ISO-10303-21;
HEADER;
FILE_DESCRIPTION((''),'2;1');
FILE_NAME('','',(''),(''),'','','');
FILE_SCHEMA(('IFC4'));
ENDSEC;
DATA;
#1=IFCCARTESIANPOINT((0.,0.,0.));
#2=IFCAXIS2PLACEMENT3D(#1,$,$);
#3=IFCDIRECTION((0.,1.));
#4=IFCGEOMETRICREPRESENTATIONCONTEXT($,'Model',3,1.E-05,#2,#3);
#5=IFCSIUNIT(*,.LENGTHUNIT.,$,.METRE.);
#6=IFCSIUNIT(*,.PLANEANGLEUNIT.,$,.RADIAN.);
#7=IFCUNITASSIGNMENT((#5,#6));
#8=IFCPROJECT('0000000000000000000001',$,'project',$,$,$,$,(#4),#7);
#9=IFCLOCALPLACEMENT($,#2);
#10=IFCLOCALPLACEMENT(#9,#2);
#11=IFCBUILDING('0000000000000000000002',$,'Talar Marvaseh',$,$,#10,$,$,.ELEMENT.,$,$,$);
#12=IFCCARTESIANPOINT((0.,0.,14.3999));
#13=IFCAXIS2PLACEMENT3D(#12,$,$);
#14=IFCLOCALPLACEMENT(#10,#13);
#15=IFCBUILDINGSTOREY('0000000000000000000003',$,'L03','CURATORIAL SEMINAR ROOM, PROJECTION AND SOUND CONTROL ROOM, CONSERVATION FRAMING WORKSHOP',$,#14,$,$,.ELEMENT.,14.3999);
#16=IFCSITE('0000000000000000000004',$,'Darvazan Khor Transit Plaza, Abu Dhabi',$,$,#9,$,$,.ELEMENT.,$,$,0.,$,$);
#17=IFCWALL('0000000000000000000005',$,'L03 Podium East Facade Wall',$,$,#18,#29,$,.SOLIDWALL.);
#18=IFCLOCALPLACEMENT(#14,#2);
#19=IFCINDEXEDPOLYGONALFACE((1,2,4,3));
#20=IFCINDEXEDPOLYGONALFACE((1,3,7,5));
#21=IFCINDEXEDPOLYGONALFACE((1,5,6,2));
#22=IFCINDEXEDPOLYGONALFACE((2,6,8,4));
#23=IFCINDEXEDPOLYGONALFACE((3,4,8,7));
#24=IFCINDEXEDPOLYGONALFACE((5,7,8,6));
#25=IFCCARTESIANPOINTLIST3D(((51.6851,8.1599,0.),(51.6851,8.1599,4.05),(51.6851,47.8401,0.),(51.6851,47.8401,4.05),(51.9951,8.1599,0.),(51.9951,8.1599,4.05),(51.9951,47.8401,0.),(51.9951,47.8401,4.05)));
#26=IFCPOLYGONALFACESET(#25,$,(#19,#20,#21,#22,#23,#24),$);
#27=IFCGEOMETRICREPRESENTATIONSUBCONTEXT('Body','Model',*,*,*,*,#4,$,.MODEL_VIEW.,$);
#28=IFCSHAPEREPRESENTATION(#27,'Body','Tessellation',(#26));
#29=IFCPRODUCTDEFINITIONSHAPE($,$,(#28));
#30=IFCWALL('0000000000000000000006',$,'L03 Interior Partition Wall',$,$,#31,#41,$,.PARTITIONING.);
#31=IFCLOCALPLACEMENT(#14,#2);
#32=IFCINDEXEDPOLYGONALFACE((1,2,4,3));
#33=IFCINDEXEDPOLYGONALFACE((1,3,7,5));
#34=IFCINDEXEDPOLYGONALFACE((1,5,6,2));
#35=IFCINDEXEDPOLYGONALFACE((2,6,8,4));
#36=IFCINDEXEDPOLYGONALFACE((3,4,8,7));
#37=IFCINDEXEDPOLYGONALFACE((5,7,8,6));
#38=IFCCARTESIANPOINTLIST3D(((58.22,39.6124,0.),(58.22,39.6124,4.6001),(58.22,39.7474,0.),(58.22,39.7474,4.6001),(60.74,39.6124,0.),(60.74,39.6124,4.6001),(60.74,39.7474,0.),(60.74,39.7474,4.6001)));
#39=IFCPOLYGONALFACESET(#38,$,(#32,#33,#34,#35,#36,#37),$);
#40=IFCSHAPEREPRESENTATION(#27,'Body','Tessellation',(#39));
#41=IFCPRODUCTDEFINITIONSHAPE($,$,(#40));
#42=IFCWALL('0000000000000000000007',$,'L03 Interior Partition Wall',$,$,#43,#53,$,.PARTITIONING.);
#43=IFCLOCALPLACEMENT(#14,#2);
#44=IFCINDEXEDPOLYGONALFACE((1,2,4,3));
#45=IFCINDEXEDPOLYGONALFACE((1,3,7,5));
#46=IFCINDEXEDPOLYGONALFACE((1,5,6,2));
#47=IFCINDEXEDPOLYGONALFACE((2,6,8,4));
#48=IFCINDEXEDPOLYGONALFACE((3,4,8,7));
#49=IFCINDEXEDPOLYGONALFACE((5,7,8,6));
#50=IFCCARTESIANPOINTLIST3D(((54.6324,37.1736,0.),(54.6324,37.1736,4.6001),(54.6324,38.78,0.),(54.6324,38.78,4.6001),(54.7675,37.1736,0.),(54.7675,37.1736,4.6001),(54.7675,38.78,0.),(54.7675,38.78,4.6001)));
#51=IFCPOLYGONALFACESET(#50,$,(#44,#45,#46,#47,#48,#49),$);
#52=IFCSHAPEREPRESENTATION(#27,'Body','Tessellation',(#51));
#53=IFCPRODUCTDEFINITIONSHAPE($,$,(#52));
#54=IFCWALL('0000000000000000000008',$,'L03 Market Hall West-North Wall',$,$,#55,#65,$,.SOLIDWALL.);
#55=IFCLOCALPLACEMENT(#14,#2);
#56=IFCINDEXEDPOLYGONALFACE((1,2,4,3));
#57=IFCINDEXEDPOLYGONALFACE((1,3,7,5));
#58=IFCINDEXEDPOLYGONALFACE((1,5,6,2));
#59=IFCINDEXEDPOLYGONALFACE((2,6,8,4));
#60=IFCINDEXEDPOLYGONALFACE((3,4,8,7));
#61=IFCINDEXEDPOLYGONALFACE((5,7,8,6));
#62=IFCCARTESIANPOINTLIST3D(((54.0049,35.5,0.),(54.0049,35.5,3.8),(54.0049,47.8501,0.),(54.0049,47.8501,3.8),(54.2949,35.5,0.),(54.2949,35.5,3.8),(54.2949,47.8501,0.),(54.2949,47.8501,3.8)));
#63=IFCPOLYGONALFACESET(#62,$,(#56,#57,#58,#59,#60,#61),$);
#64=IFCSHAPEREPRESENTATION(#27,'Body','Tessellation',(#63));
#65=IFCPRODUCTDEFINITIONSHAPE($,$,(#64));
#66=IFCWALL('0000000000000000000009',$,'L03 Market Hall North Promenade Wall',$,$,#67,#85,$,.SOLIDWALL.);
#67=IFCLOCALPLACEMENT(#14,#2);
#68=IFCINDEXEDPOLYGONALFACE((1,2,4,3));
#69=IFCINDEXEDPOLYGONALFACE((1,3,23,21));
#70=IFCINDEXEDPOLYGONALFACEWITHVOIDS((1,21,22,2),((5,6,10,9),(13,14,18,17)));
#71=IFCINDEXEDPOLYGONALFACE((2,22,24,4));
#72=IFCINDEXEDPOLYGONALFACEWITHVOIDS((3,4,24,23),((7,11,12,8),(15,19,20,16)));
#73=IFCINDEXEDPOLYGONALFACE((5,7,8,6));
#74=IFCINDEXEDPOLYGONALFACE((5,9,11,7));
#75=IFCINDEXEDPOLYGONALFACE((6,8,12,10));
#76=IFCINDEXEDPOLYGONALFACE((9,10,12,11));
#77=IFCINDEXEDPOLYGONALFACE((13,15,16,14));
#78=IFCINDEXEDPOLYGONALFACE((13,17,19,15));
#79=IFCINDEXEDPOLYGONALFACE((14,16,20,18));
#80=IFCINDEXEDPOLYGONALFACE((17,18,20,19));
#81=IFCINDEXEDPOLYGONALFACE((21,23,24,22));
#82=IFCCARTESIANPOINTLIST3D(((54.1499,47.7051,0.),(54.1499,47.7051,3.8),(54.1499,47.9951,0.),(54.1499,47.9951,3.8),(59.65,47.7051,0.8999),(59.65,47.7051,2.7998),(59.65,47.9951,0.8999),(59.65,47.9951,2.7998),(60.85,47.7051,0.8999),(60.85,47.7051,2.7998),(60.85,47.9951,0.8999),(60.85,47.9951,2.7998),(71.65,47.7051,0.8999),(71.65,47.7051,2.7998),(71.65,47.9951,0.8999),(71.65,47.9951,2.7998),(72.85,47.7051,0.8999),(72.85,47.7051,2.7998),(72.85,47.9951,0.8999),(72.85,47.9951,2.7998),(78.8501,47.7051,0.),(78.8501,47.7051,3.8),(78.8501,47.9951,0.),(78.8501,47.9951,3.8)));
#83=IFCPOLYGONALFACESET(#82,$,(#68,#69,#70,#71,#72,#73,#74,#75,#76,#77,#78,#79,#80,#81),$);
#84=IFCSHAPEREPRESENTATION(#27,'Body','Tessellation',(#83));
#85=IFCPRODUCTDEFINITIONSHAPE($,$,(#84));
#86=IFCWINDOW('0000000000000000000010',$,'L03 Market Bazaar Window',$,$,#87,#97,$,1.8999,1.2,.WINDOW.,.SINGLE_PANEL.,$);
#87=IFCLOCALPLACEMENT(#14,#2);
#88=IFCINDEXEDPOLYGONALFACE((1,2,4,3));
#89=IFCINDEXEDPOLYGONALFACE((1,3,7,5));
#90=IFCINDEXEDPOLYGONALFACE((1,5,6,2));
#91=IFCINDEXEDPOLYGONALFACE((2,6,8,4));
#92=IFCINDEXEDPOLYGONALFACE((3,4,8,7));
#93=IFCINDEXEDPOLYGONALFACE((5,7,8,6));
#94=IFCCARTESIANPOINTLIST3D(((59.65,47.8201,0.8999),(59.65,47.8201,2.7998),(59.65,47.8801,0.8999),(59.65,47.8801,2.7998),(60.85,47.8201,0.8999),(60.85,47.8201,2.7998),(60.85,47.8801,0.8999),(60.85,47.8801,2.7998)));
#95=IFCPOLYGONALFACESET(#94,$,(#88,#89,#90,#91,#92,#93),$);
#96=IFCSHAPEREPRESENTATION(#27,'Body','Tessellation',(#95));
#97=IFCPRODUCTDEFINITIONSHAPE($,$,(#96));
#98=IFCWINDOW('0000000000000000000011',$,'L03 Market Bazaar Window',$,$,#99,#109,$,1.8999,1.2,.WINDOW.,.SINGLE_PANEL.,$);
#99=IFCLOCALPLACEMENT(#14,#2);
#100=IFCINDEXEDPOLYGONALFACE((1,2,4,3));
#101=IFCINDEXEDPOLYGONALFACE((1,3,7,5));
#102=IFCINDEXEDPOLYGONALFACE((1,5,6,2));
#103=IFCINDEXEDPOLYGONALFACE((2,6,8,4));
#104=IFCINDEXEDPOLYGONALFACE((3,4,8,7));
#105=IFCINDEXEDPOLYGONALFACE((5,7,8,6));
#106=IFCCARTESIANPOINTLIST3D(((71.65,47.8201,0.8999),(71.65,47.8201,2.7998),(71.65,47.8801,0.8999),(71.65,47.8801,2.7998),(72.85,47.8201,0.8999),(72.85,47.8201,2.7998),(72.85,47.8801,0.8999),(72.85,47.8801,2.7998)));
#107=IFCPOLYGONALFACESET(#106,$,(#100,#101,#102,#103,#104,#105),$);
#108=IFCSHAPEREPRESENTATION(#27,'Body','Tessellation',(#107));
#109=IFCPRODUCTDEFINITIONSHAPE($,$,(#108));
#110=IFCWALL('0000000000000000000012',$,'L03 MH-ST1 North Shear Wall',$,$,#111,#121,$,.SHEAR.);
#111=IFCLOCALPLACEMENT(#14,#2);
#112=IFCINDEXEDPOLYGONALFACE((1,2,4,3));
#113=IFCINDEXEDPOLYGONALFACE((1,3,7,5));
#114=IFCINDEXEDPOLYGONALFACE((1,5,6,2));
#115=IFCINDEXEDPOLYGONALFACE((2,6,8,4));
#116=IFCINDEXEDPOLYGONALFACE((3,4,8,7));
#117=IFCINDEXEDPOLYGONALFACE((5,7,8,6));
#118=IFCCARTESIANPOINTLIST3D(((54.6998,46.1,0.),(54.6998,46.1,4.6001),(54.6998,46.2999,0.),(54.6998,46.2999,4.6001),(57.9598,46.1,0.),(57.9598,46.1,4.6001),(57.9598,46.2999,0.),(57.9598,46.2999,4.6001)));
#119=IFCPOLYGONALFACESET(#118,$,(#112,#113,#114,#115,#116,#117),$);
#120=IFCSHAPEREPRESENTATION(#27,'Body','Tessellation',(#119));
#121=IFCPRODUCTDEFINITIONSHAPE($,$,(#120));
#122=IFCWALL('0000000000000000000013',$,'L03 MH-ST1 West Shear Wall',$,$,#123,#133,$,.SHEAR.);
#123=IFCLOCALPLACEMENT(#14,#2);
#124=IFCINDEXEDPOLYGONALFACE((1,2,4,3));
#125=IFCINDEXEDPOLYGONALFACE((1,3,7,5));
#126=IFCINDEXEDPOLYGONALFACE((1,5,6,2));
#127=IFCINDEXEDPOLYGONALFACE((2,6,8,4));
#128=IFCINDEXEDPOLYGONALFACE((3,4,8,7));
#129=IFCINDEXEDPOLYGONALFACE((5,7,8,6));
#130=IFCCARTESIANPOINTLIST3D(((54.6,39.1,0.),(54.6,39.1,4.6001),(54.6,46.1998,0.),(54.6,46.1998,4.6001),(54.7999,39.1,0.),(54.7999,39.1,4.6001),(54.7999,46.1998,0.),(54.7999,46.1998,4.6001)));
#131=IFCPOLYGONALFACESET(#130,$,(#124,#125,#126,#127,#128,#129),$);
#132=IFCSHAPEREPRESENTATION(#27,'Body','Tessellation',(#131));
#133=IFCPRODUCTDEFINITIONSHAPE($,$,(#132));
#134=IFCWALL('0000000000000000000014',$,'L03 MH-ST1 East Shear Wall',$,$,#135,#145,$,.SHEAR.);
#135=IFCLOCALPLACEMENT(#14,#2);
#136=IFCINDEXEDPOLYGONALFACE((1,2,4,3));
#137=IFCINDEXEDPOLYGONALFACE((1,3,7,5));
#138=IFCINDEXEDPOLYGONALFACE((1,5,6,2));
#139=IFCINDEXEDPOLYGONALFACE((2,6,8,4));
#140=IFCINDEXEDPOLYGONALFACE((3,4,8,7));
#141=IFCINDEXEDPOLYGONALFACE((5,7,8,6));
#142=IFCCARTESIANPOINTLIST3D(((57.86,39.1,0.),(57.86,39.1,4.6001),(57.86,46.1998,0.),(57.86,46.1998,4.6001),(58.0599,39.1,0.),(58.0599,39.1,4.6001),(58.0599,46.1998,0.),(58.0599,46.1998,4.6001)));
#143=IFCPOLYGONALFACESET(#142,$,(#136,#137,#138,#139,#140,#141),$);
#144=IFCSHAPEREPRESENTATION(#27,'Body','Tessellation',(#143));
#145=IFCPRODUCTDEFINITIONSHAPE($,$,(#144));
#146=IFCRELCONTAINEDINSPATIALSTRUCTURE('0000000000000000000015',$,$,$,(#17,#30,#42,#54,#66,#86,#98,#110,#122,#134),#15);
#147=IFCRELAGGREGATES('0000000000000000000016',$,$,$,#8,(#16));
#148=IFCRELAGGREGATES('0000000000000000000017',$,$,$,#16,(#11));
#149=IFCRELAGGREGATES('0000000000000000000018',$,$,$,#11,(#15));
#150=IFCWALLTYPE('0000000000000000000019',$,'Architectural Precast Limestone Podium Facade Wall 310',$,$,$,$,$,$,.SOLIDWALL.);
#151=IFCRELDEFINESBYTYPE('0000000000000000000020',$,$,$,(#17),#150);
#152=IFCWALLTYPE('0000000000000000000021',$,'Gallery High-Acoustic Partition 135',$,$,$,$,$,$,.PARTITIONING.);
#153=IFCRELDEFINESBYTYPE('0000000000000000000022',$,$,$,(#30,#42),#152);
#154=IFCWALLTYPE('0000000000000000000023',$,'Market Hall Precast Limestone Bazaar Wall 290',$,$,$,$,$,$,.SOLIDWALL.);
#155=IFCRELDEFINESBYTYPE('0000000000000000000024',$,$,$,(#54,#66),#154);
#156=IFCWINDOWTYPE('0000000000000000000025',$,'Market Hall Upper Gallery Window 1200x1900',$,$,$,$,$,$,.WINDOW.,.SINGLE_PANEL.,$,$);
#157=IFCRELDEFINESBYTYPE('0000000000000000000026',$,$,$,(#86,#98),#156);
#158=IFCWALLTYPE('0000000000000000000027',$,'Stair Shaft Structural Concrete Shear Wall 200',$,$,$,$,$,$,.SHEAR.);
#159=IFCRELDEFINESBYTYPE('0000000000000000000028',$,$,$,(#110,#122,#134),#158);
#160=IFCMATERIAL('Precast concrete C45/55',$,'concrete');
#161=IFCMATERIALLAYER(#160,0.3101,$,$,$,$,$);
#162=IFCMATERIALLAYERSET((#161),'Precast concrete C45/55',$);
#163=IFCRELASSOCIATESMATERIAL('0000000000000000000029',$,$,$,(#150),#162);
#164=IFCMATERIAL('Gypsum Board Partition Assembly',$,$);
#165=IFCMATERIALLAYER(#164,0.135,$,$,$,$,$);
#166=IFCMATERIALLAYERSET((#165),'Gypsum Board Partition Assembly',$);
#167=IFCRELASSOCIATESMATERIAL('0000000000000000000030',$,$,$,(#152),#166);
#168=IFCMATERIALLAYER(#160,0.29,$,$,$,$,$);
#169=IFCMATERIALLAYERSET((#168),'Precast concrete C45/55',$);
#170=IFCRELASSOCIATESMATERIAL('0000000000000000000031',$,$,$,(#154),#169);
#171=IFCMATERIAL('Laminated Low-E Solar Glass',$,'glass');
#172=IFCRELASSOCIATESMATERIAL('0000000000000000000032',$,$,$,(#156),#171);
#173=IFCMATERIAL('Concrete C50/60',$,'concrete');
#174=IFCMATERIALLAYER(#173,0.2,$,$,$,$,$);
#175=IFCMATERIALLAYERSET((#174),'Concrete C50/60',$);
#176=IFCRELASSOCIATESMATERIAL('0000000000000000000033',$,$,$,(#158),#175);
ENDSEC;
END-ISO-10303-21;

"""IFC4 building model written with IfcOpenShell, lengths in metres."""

from ifc_helpers import new_model, si_unit, direction, frame, frame_2d, origin, place, context, subcontext, project, spatial, rectangle, extrude, source, transform, mapped, material, layer, layer_set, type_object, type_shapes, element, fill, save


model = new_model("IFC4")

# Units and contexts
model_context = context("Model", 3, precision=1e-05, world=origin(), true_north=direction((0.0, 1.0)))
body_context = subcontext(model_context, "Body", "Model", "MODEL_VIEW")
ifc_project = project(units=[si_unit("LENGTHUNIT", "METRE"), si_unit("PLANEANGLEUNIT", "RADIAN")], contexts=[model_context])

# Site, building, storey
site_placement = place(None, origin())
site = spatial("IfcSite", under=ifc_project, at=site_placement, Name="Darvazan Khor Transit Plaza, Abu Dhabi", CompositionType="ELEMENT", RefElevation=0.0)
building_placement = place(site_placement, origin())
building = spatial("IfcBuilding", under=site, at=building_placement, Name="Talar Marvaseh", CompositionType="ELEMENT")
storey_placement = place(building_placement, frame((0.0, 0.0, 14.3999)))
storey = spatial("IfcBuildingStorey", under=building, at=storey_placement, Name="L03", Description="CURATORIAL SEMINAR ROOM, PROJECTION AND SOUND CONTROL ROOM, CONSERVATION FRAMING WORKSHOP", CompositionType="ELEMENT", Elevation=14.3999)

# Shared definitions
ifc_material_1 = material(Name="Laminated Low-E Solar Glass", Category="glass")

# Walls
ifc_material_2 = material(Name="Precast concrete C45/55", Category="concrete")
ifc_layer_1 = layer(ifc_material_2, 0.3101)
ifc_layer_set_1 = layer_set([ifc_layer_1], Name="Precast concrete C45/55")
wall_type_1 = type_object("IfcWallType", Name="Architectural Precast Limestone Podium Facade Wall 310", PredefinedType="SOLIDWALL", material=ifc_layer_set_1)
wall_1_placement = place(storey_placement, frame((51.8401, 47.8401, 0.0), z_axis=(0.0, 0.0, 1.0), x_axis=(0.0, -1.0, 0.0)))
element("IfcWall", 1, at=wall_1_placement, inside=storey, type_object=wall_type_1, Name="L03 Podium East Facade Wall", PredefinedType="SOLIDWALL", context=body_context, shape_type="SweptSolid", body=[
    extrude(rectangle(XDim=39.6802, YDim=0.3101, at=frame_2d((19.8401, 0.0))), origin(), (0.0, 0.0, 1.0), 4.05),
])
ifc_material_3 = material(Name="Gypsum Board Partition Assembly")
ifc_layer_2 = layer(ifc_material_3, 0.135)
ifc_layer_set_2 = layer_set([ifc_layer_2], Name="Gypsum Board Partition Assembly")
wall_type_2 = type_object("IfcWallType", Name="Gallery High-Acoustic Partition 135", PredefinedType="PARTITIONING", material=ifc_layer_set_2)
wall_2_placement = place(storey_placement, frame((58.22, 39.6799, 0.0), z_axis=(0.0, 0.0, 1.0), x_axis=(1.0, 0.0, 0.0)))
element("IfcWall", 2, at=wall_2_placement, inside=storey, type_object=wall_type_2, Name="L03 Interior Partition Wall", PredefinedType="PARTITIONING", context=body_context, shape_type="SweptSolid", body=[
    extrude(rectangle(XDim=2.52, YDim=0.135, at=frame_2d((1.26, 0.0))), origin(), (0.0, 0.0, 1.0), 4.6001),
])
wall_3_placement = place(storey_placement, frame((54.7, 37.1736, 0.0), z_axis=(0.0, 0.0, 1.0), x_axis=(0.0, 1.0, 0.0)))
element("IfcWall", 3, at=wall_3_placement, inside=storey, type_object=wall_type_2, Name="L03 Interior Partition Wall", PredefinedType="PARTITIONING", context=body_context, shape_type="SweptSolid", body=[
    extrude(rectangle(XDim=1.6064, YDim=0.135, at=frame_2d((0.8032, 0.0))), origin(), (0.0, 0.0, 1.0), 4.6001),
])
ifc_layer_3 = layer(ifc_material_2, 0.29)
ifc_layer_set_3 = layer_set([ifc_layer_3], Name="Precast concrete C45/55")
wall_type_3 = type_object("IfcWallType", Name="Market Hall Precast Limestone Bazaar Wall 290", PredefinedType="SOLIDWALL", material=ifc_layer_set_3)
wall_4_placement = place(storey_placement, frame((54.1499, 35.5, 0.0), z_axis=(0.0, 0.0, 1.0), x_axis=(0.0, 1.0, 0.0)))
element("IfcWall", 4, at=wall_4_placement, inside=storey, type_object=wall_type_3, Name="L03 Market Hall West-North Wall", PredefinedType="SOLIDWALL", context=body_context, shape_type="SweptSolid", body=[
    extrude(rectangle(XDim=12.3501, YDim=0.29, at=frame_2d((6.175, 0.0))), origin(), (0.0, 0.0, 1.0), 3.8),
])

# Wall, openings, windows
wall_5_placement = place(storey_placement, frame((54.1499, 47.8501, 0.0), z_axis=(0.0, 0.0, 1.0), x_axis=(1.0, 0.0, 0.0)))
wall_5 = element("IfcWall", 5, at=wall_5_placement, inside=storey, type_object=wall_type_3, Name="L03 Market Hall North Promenade Wall", PredefinedType="SOLIDWALL", context=body_context, shape_type="SweptSolid", body=[
    extrude(rectangle(XDim=24.7002, YDim=0.29, at=frame_2d((12.3501, 0.0))), origin(), (0.0, 0.0, 1.0), 3.8),
])
opening_1_placement = place(wall_5_placement, frame((5.5, 0.0, 0.8999)))
opening_1 = element("IfcOpeningElement", 6, at=opening_1_placement, cuts=wall_5, PredefinedType="OPENING", context=body_context, shape_type="SweptSolid", body=[
    extrude(rectangle(XDim=1.2, YDim=1.8999, at=frame_2d((0.6001, 0.95))), frame((0.0, 0.155, 0.0), z_axis=(0.0, -1.0, 0.0), x_axis=(1.0, 0.0, 0.0)), (0.0, 0.0, 1.0), 0.3101),
])
opening_2_placement = place(wall_5_placement, frame((17.5, 0.0, 0.8999)))
opening_2 = element("IfcOpeningElement", 7, at=opening_2_placement, cuts=wall_5, PredefinedType="OPENING", context=body_context, shape_type="SweptSolid", body=[
    extrude(rectangle(XDim=1.2, YDim=1.8999, at=frame_2d((0.6001, 0.95))), frame((0.0, 0.155, 0.0), z_axis=(0.0, -1.0, 0.0), x_axis=(1.0, 0.0, 0.0)), (0.0, 0.0, 1.0), 0.3101),
])
window_type = type_object("IfcWindowType", Name="Market Hall Upper Gallery Window 1200x1900", PartitioningType="SINGLE_PANEL", PredefinedType="WINDOW", material=ifc_material_1)
shared_shape_1 = source(origin(), body_context, "Body", "SweptSolid", [
    extrude(rectangle(XDim=1.2, YDim=1.8999, at=frame_2d((0.6001, 0.95))), frame((0.0, 0.03, 0.0), z_axis=(0.0, -1.0, 0.0), x_axis=(1.0, 0.0, 0.0)), (0.0, 0.0, 1.0), 0.0601),
])
type_shapes(window_type, [shared_shape_1])
window_1_placement = place(opening_1_placement, origin())
window_1 = element("IfcWindow", 8, at=window_1_placement, inside=storey, type_object=window_type, Name="L03 Market Bazaar Window", OverallHeight=1.8999, OverallWidth=1.2, PartitioningType="SINGLE_PANEL", PredefinedType="WINDOW", context=body_context, shape_type="MappedRepresentation", body=[
    mapped(shared_shape_1, transform((0.0, 0.0, 0.0), x_axis=(1.0, 0.0, 0.0), y_axis=(0.0, 1.0, 0.0), z_axis=(0.0, 0.0, 1.0), scale=1.0)),
])
fill(opening_1, window_1)
window_2_placement = place(opening_2_placement, origin())
window_2 = element("IfcWindow", 9, at=window_2_placement, inside=storey, type_object=window_type, Name="L03 Market Bazaar Window", OverallHeight=1.8999, OverallWidth=1.2, PartitioningType="SINGLE_PANEL", PredefinedType="WINDOW", context=body_context, shape_type="MappedRepresentation", body=[
    mapped(shared_shape_1, transform((0.0, 0.0, 0.0), x_axis=(1.0, 0.0, 0.0), y_axis=(0.0, 1.0, 0.0), z_axis=(0.0, 0.0, 1.0), scale=1.0)),
])
fill(opening_2, window_2)

# Shared definitions
ifc_material_4 = material(Name="Concrete C50/60", Category="concrete")
ifc_layer_4 = layer(ifc_material_4, 0.2)
ifc_layer_set_4 = layer_set([ifc_layer_4], Name="Concrete C50/60")
wall_type_4 = type_object("IfcWallType", Name="Stair Shaft Structural Concrete Shear Wall 200", PredefinedType="SHEAR", material=ifc_layer_set_4)

# Walls
wall_6_placement = place(storey_placement, frame((54.7, 46.2, 0.0), z_axis=(0.0, 0.0, 1.0), x_axis=(1.0, 0.0, 0.0)))
element("IfcWall", 10, at=wall_6_placement, inside=storey, type_object=wall_type_4, Name="L03 MH-ST1 North Shear Wall", PredefinedType="SHEAR", context=body_context, shape_type="SweptSolid", body=[
    extrude(rectangle(XDim=3.26, YDim=0.2, at=frame_2d((1.6299, 0.0))), origin(), (0.0, 0.0, 1.0), 4.6001),
])
for number, where, z_axis, x_axis, name in (
    (11, (54.7, 39.1001, 0.0), (0.0, 0.0, 1.0), (0.0, 1.0, 0.0), "L03 MH-ST1 West Shear Wall"),
    (12, (57.96, 39.1001, 0.0), (0.0, 0.0, 1.0), (0.0, 1.0, 0.0), "L03 MH-ST1 East Shear Wall"),
):
    element("IfcWall", number, at=place(storey_placement, frame(where, z_axis=z_axis, x_axis=x_axis)), inside=storey, type_object=wall_type_4, Name=name, PredefinedType="SHEAR", context=body_context, shape_type="SweptSolid", body=[
        extrude(rectangle(XDim=7.0999, YDim=0.2, at=frame_2d((3.5498, 0.0))), origin(), (0.0, 0.0, 1.0), 4.6001),
    ])

save(model, "model.ifc")
